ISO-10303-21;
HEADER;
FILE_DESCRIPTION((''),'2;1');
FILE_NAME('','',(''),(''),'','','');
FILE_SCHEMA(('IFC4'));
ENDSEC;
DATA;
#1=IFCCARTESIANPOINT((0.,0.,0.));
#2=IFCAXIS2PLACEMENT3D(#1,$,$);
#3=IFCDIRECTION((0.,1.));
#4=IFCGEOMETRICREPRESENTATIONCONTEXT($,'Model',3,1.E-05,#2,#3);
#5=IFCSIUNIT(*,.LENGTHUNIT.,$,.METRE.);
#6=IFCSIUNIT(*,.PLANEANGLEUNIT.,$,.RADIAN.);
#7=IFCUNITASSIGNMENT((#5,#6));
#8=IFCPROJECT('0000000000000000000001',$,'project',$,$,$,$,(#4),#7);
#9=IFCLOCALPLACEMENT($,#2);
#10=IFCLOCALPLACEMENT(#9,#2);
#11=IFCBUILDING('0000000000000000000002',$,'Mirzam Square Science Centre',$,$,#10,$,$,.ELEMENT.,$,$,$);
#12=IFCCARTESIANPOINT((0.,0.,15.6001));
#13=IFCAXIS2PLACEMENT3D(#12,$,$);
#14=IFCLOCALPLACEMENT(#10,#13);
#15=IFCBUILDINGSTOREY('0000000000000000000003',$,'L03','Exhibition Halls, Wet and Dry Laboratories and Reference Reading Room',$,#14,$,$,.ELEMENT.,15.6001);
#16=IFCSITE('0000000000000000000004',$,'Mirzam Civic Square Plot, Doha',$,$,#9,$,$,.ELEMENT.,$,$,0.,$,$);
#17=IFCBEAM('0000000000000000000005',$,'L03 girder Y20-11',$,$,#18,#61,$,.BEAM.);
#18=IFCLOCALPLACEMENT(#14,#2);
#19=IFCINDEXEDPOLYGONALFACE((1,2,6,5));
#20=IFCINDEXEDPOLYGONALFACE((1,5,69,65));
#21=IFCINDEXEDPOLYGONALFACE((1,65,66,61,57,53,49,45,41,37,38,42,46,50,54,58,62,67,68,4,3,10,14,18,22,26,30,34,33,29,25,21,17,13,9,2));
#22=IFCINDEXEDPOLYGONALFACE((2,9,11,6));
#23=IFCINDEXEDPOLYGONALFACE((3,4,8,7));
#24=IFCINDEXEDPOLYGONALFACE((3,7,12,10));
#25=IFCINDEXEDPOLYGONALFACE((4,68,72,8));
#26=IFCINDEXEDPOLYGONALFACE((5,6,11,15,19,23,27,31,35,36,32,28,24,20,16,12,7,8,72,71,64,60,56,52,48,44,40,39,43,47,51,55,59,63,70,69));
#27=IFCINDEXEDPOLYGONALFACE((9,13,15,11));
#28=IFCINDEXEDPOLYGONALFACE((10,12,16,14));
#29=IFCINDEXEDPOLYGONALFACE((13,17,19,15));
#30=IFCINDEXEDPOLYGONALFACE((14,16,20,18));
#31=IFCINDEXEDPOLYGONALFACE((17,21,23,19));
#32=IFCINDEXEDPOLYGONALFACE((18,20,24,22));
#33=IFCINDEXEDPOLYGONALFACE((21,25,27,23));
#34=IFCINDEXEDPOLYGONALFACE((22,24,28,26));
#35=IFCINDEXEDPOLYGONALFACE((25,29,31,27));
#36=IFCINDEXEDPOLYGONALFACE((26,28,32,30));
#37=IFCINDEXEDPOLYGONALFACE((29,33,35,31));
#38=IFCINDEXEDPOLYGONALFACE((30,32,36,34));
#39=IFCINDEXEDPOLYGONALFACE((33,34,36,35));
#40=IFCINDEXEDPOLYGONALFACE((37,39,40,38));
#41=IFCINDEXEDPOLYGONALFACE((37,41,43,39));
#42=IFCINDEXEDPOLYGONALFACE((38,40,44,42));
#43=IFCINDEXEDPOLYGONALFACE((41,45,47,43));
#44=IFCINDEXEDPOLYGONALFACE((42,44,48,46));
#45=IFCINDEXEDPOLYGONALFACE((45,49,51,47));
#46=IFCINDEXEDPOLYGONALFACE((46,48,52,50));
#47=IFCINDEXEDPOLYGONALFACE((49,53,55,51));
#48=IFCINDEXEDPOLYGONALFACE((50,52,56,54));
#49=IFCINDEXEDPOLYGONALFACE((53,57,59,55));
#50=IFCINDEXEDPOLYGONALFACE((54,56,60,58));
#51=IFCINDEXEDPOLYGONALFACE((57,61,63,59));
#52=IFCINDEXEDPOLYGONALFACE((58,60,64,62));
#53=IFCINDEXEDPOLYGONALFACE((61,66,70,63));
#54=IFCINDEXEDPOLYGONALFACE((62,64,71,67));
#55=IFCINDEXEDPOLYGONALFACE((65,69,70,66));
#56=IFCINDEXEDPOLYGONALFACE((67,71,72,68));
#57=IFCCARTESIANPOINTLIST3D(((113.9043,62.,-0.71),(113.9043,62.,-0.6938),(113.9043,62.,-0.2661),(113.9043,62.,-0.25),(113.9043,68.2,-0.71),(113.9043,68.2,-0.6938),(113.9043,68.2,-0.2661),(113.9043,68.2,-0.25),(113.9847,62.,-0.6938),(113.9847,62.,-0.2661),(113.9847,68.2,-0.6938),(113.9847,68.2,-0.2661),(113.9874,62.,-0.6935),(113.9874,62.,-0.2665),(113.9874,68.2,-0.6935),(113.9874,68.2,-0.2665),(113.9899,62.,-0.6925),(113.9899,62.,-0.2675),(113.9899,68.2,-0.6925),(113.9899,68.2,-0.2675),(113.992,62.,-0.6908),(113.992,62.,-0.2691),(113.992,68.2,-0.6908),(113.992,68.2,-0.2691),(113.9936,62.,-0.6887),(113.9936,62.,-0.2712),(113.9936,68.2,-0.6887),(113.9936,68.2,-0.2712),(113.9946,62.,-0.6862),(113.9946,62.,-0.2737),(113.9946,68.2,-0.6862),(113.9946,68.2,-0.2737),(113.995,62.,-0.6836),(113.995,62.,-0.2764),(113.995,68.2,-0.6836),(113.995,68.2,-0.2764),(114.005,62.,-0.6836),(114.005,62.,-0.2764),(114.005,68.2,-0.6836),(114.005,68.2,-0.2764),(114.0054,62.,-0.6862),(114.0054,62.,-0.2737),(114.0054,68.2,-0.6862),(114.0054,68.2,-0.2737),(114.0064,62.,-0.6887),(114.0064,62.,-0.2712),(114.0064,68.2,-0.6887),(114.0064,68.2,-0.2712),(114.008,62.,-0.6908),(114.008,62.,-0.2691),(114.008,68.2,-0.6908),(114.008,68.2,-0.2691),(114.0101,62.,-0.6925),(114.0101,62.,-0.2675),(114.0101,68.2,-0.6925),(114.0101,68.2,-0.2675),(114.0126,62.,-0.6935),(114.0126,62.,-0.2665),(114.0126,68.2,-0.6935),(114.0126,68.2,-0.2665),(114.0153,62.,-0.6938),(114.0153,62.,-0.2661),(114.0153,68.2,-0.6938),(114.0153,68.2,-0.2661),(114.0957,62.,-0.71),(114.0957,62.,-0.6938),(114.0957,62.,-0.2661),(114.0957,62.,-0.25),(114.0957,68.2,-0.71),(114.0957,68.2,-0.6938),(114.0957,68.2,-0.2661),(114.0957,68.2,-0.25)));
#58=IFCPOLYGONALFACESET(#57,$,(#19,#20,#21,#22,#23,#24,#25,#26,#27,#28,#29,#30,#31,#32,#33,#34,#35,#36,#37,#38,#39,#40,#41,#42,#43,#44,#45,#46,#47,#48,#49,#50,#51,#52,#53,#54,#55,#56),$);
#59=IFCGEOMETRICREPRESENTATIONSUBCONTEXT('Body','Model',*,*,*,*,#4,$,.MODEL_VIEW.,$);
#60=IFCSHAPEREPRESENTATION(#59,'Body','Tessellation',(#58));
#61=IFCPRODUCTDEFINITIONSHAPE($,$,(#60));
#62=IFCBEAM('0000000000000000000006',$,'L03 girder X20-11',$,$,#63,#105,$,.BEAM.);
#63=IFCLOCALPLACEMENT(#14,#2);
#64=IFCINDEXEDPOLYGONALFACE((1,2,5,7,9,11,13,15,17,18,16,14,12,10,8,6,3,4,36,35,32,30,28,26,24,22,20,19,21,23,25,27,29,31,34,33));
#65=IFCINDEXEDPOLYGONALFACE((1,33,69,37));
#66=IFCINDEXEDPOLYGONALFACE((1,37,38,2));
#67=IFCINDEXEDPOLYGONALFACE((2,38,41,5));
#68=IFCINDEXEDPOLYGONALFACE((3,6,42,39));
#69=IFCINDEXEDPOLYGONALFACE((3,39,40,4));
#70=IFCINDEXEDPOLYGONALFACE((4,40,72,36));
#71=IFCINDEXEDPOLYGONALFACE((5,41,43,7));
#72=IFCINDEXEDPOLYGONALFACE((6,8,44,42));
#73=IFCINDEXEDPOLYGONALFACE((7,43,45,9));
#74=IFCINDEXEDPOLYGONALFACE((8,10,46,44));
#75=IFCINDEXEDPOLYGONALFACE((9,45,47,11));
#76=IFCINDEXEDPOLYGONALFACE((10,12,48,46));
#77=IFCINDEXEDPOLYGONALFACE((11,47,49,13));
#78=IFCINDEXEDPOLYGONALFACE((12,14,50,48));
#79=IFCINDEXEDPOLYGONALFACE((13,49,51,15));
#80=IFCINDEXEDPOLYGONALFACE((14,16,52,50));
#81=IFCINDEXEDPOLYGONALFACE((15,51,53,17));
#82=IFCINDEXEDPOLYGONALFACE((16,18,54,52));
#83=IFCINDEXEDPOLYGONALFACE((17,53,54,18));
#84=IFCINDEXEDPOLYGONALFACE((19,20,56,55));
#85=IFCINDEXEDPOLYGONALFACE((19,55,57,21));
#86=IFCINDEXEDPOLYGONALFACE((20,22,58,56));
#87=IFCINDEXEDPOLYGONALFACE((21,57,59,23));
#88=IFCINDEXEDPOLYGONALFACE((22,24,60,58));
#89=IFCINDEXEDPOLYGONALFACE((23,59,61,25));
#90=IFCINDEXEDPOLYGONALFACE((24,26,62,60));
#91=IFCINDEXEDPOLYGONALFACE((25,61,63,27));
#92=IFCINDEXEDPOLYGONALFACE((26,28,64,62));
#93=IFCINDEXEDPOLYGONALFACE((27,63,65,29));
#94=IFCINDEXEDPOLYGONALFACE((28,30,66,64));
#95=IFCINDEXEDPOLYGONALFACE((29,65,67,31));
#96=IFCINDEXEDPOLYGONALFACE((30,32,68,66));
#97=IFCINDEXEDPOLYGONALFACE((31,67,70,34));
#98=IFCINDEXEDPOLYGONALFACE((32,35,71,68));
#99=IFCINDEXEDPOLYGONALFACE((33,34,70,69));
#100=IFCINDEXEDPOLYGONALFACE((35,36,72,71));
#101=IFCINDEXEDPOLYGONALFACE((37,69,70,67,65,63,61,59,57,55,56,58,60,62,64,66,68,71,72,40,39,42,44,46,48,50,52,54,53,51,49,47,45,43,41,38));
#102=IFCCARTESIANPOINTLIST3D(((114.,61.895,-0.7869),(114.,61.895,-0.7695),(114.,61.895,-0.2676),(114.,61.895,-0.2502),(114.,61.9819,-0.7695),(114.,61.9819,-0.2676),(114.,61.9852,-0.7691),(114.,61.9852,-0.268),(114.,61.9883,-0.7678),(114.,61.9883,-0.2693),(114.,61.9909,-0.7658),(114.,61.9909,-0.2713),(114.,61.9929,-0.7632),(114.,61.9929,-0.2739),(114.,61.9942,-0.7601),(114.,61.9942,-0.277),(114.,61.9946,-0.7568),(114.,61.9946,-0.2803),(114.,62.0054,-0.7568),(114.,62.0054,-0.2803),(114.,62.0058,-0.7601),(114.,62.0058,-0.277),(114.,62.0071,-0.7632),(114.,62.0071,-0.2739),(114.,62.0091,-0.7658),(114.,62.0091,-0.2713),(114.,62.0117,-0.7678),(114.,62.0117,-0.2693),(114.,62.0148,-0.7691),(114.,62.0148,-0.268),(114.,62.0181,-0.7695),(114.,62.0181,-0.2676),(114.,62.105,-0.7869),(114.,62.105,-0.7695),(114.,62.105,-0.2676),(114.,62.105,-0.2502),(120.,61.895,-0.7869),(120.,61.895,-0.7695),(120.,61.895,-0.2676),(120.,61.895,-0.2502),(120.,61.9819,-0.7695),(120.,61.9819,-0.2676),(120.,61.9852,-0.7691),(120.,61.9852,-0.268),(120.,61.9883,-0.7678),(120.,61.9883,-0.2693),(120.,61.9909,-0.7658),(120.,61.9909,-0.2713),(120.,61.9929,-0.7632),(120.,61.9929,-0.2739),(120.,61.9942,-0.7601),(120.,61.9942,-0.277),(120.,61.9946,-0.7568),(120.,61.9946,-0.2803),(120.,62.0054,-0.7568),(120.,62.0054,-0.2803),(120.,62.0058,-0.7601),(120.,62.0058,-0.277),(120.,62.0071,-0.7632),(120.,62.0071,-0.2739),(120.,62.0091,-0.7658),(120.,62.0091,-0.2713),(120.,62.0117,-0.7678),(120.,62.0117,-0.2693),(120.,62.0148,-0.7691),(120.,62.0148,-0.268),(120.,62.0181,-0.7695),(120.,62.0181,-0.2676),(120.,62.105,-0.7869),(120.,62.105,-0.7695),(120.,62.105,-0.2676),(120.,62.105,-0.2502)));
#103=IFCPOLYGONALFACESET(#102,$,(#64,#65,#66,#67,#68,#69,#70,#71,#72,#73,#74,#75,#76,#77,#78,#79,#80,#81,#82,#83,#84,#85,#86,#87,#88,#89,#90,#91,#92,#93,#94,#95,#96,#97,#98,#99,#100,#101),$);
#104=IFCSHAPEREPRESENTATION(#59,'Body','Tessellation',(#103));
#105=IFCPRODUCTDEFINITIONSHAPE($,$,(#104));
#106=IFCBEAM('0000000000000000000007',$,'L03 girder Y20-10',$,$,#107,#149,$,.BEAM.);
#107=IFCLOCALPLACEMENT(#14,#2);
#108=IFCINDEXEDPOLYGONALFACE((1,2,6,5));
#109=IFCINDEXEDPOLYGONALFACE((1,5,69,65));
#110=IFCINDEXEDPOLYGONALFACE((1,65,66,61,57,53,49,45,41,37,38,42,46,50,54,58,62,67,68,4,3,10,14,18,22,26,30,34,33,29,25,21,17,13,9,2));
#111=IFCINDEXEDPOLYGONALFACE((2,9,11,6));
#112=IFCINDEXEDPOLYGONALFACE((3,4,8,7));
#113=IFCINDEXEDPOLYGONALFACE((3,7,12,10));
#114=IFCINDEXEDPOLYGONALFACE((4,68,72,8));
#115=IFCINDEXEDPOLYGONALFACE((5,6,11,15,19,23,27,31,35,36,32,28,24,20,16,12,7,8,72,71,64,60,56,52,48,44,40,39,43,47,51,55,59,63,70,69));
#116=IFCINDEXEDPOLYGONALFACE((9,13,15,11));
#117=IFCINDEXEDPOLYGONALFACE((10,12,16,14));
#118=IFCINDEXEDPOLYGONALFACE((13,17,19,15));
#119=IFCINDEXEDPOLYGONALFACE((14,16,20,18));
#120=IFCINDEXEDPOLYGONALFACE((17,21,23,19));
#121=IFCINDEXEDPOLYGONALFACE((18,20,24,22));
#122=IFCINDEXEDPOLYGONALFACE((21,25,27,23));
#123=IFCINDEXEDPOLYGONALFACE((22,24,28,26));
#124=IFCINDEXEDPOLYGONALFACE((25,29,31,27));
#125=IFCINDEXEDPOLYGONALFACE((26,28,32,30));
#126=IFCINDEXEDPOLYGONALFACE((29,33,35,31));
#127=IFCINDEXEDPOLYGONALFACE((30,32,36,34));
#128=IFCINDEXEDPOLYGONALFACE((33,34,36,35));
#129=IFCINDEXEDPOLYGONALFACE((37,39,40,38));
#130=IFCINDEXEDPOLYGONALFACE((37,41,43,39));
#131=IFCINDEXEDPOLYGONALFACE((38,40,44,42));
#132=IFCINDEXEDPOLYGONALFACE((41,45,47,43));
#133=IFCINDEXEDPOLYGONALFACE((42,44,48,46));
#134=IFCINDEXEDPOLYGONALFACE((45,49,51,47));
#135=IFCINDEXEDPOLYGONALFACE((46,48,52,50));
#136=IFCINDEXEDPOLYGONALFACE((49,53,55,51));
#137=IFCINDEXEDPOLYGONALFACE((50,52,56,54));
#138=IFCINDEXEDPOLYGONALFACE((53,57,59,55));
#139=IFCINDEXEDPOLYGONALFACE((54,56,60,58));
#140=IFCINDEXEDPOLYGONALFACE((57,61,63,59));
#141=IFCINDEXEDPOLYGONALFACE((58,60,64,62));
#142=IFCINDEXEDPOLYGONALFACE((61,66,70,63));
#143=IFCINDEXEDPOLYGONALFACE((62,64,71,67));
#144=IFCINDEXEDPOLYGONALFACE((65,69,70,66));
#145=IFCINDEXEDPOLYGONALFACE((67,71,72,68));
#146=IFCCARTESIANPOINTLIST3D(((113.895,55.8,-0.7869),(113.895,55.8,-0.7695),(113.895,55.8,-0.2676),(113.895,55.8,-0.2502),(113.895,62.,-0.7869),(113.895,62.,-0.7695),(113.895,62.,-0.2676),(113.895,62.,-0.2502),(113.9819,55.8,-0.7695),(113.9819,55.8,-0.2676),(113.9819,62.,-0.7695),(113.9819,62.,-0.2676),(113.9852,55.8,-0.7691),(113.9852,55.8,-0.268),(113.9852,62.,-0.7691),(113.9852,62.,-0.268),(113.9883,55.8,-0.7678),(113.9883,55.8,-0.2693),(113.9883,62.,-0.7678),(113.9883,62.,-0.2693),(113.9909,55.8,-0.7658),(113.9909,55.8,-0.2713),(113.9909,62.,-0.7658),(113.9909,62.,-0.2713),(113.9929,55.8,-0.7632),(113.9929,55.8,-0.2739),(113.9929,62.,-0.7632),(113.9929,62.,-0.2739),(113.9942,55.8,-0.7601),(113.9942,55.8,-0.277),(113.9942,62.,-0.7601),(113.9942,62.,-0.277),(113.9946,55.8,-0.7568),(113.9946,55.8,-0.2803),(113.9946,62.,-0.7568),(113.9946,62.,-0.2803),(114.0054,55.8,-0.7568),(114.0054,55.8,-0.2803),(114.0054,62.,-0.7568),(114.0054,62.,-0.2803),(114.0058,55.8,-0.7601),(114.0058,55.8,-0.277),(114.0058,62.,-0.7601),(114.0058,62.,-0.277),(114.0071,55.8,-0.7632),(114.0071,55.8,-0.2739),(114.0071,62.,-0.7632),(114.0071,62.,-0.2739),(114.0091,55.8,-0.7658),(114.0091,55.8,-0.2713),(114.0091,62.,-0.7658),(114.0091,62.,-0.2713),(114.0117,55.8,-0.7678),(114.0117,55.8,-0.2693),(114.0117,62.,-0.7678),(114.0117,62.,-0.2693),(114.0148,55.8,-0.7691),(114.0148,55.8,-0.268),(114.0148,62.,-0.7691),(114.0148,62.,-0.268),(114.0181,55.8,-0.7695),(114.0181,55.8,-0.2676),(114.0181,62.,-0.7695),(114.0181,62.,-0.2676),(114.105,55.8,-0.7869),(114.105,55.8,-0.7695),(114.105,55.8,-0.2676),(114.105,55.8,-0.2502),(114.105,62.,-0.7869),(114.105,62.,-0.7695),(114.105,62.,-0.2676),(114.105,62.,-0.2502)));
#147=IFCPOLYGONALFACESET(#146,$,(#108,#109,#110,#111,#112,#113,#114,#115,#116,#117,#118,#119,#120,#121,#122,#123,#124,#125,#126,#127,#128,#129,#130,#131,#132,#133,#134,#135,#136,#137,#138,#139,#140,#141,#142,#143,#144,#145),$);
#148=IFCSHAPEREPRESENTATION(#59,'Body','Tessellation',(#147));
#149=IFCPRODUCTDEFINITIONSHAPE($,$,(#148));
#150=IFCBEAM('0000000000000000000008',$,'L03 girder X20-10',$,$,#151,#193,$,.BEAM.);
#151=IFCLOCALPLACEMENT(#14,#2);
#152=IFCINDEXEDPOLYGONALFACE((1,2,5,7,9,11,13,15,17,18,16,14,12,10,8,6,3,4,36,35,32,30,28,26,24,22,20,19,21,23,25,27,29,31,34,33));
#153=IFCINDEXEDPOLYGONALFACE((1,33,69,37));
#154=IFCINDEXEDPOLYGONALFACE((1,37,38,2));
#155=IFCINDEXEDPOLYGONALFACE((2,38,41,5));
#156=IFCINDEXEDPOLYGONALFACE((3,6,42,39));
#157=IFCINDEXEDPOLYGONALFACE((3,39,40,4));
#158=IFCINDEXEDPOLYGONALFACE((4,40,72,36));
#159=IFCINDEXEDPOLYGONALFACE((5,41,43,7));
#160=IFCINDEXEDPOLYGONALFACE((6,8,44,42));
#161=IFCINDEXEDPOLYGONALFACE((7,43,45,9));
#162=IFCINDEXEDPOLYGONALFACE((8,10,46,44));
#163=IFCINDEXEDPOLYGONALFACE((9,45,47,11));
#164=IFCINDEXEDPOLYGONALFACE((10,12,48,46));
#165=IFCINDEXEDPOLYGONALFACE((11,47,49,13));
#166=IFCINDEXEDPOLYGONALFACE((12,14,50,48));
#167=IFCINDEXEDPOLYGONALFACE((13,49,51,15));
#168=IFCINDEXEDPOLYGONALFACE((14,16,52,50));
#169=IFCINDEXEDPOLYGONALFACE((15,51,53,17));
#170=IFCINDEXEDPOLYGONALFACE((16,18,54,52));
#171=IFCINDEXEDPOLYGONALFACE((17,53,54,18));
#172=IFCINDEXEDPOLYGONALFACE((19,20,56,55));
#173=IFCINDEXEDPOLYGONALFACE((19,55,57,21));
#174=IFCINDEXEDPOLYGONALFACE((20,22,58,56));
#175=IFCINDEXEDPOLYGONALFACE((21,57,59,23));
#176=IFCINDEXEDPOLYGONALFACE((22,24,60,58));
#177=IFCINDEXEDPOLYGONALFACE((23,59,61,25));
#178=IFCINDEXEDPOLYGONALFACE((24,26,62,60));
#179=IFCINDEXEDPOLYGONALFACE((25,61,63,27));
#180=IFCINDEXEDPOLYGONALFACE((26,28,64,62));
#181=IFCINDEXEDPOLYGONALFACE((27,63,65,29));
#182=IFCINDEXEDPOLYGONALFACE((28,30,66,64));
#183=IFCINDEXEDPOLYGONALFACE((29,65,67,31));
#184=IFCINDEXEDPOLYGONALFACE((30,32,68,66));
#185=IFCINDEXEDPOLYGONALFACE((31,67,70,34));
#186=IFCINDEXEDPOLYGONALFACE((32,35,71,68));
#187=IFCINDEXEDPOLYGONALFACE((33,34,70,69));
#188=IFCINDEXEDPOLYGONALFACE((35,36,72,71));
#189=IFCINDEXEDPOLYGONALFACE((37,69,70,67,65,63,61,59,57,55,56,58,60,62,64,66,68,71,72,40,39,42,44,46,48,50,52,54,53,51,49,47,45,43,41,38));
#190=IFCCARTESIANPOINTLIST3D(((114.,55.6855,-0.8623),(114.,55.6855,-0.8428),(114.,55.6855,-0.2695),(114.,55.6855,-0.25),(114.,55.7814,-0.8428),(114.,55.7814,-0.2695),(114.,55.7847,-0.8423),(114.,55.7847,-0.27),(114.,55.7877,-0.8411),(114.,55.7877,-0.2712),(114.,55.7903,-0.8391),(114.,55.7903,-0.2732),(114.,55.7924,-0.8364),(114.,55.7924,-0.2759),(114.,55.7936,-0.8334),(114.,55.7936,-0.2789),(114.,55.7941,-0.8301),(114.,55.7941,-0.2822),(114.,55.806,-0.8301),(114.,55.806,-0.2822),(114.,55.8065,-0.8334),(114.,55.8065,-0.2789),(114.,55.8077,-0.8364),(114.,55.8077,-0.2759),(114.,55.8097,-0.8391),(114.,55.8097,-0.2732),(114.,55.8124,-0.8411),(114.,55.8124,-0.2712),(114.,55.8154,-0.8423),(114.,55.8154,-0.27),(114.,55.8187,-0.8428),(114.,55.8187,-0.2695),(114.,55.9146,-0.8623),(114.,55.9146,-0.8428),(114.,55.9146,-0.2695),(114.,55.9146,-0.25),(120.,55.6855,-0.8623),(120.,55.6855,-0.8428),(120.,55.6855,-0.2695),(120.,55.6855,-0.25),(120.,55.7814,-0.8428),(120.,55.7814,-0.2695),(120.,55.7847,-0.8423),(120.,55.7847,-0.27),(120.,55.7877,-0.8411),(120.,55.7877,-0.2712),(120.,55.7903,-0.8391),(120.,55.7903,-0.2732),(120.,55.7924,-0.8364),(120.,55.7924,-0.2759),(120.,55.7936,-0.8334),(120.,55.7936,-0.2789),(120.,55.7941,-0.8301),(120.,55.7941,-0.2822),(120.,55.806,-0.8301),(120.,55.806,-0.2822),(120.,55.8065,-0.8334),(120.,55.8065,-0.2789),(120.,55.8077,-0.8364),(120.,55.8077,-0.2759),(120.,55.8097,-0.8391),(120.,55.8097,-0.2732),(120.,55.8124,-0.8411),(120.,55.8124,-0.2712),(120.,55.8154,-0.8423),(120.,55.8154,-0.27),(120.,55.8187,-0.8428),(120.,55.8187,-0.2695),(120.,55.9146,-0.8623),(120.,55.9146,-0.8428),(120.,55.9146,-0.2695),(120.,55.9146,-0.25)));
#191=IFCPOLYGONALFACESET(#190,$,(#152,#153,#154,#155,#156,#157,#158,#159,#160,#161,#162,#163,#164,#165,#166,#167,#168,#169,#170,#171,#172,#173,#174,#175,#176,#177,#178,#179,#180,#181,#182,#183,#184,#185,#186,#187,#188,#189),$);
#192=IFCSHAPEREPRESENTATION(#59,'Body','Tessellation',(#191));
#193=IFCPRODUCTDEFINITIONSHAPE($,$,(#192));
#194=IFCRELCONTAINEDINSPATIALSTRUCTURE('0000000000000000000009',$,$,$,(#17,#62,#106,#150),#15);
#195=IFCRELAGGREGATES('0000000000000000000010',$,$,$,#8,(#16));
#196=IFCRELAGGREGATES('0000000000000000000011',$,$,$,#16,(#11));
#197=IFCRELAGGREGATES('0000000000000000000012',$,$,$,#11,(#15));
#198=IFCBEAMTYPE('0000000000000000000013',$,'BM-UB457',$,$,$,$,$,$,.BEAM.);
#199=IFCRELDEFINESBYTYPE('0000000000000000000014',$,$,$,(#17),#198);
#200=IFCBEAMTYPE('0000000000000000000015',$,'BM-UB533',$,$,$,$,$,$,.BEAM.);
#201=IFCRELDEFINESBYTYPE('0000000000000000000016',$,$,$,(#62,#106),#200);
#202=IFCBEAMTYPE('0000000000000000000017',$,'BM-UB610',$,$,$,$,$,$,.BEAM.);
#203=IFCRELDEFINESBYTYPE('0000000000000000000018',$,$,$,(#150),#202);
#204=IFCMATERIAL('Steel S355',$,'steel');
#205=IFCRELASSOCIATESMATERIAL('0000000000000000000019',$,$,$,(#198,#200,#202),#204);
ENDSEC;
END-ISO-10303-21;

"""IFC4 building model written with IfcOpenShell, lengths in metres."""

from ifc_helpers import new_model, si_unit, direction, frame, origin, origin_2d, place, context, subcontext, project, spatial, i_section, extrude, material, material_profile, profile_set, type_object, element, save


model = new_model("IFC4")

# Units and contexts
model_context = context("Model", 3, precision=1e-05, world=origin(), true_north=direction((0.0, 1.0)))
body_context = subcontext(model_context, "Body", "Model", "MODEL_VIEW")
ifc_project = project(units=[si_unit("LENGTHUNIT", "METRE"), si_unit("PLANEANGLEUNIT", "RADIAN")], contexts=[model_context])

# Site, building, storey
site_placement = place(None, origin())
site = spatial("IfcSite", under=ifc_project, at=site_placement, Name="Mirzam Civic Square Plot, Doha", CompositionType="ELEMENT", RefElevation=0.0)
building_placement = place(site_placement, origin())
building = spatial("IfcBuilding", under=site, at=building_placement, Name="Mirzam Square Science Centre", CompositionType="ELEMENT")
storey_placement = place(building_placement, frame((0.0, 0.0, 15.6001)))
storey = spatial("IfcBuildingStorey", under=building, at=storey_placement, Name="L03", Description="Exhibition Halls, Wet and Dry Laboratories and Reference Reading Room", CompositionType="ELEMENT", Elevation=15.6001)

# Shared definitions
ifc_material_1 = material(Name="Steel S355", Category="steel")

# Beams
ifc_material_profile_1 = material_profile(ifc_material_1, i_section(OverallWidth=0.1914, OverallDepth=0.46, WebThickness=0.01, FlangeThickness=0.0161, FilletRadius=0.0103, at=origin_2d()), Name="457x191x82UB")
ifc_profile_set_1 = profile_set([ifc_material_profile_1], Name="Steel S355")
beam_type_1 = type_object("IfcBeamType", Name="BM-UB457", PredefinedType="BEAM", material=ifc_profile_set_1)
beam_1_placement = place(storey_placement, frame((114.0, 62.0, -0.48), z_axis=(0.0, 1.0, 0.0), x_axis=(-1.0, 0.0, 0.0)))
element("IfcBeam", 1, at=beam_1_placement, inside=storey, type_object=beam_type_1, Name="L03 girder Y20-11", PredefinedType="BEAM", context=body_context, shape_type="SweptSolid", body=[
    extrude(i_section(OverallWidth=0.1914, OverallDepth=0.46, WebThickness=0.01, FlangeThickness=0.0161, FilletRadius=0.0103, at=origin_2d()), origin(), (0.0, 0.0, 1.0), 6.2),
])
ifc_material_profile_2 = material_profile(ifc_material_1, i_section(OverallWidth=0.21, OverallDepth=0.5366, WebThickness=0.0107, FlangeThickness=0.0173, FilletRadius=0.0127, at=origin_2d()), Name="533x210x101UB")
ifc_profile_set_2 = profile_set([ifc_material_profile_2], Name="Steel S355")
beam_type_2 = type_object("IfcBeamType", Name="BM-UB533", PredefinedType="BEAM", material=ifc_profile_set_2)
beam_2_placement = place(storey_placement, frame((114.0, 62.0, -0.5186), z_axis=(1.0, 0.0, 0.0), x_axis=(0.0, 1.0, 0.0)))
element("IfcBeam", 2, at=beam_2_placement, inside=storey, type_object=beam_type_2, Name="L03 girder X20-11", PredefinedType="BEAM", context=body_context, shape_type="SweptSolid", body=[
    extrude(i_section(OverallWidth=0.21, OverallDepth=0.5366, WebThickness=0.0107, FlangeThickness=0.0173, FilletRadius=0.0127, at=origin_2d()), origin(), (0.0, 0.0, 1.0), 6.0),
])
beam_3_placement = place(storey_placement, frame((114.0, 55.8, -0.5186), z_axis=(0.0, 1.0, 0.0), x_axis=(-1.0, 0.0, 0.0)))
element("IfcBeam", 3, at=beam_3_placement, inside=storey, type_object=beam_type_2, Name="L03 girder Y20-10", PredefinedType="BEAM", context=body_context, shape_type="SweptSolid", body=[
    extrude(i_section(OverallWidth=0.21, OverallDepth=0.5366, WebThickness=0.0107, FlangeThickness=0.0173, FilletRadius=0.0127, at=origin_2d()), origin(), (0.0, 0.0, 1.0), 6.2),
])
ifc_material_profile_3 = material_profile(ifc_material_1, i_section(OverallWidth=0.229, OverallDepth=0.6123, WebThickness=0.012, FlangeThickness=0.0195, FilletRadius=0.0127, at=origin_2d()), Name="610x229x125UB")
ifc_profile_set_3 = profile_set([ifc_material_profile_3], Name="Steel S355")
beam_type_3 = type_object("IfcBeamType", Name="BM-UB610", PredefinedType="BEAM", material=ifc_profile_set_3)
for number, where, z_axis, x_axis, name in (
    (4, (114.0, 55.8, -0.5562), (1.0, 0.0, 0.0), (0.0, 1.0, 0.0), "L03 girder X20-10"),
):
    element("IfcBeam", number, at=place(storey_placement, frame(where, z_axis=z_axis, x_axis=x_axis)), inside=storey, type_object=beam_type_3, Name=name, PredefinedType="BEAM", context=body_context, shape_type="SweptSolid", body=[
        extrude(i_section(OverallWidth=0.229, OverallDepth=0.6123, WebThickness=0.012, FlangeThickness=0.0195, FilletRadius=0.0127, at=origin_2d()), origin(), (0.0, 0.0, 1.0), 6.0),
    ])

save(model, "model.ifc")
